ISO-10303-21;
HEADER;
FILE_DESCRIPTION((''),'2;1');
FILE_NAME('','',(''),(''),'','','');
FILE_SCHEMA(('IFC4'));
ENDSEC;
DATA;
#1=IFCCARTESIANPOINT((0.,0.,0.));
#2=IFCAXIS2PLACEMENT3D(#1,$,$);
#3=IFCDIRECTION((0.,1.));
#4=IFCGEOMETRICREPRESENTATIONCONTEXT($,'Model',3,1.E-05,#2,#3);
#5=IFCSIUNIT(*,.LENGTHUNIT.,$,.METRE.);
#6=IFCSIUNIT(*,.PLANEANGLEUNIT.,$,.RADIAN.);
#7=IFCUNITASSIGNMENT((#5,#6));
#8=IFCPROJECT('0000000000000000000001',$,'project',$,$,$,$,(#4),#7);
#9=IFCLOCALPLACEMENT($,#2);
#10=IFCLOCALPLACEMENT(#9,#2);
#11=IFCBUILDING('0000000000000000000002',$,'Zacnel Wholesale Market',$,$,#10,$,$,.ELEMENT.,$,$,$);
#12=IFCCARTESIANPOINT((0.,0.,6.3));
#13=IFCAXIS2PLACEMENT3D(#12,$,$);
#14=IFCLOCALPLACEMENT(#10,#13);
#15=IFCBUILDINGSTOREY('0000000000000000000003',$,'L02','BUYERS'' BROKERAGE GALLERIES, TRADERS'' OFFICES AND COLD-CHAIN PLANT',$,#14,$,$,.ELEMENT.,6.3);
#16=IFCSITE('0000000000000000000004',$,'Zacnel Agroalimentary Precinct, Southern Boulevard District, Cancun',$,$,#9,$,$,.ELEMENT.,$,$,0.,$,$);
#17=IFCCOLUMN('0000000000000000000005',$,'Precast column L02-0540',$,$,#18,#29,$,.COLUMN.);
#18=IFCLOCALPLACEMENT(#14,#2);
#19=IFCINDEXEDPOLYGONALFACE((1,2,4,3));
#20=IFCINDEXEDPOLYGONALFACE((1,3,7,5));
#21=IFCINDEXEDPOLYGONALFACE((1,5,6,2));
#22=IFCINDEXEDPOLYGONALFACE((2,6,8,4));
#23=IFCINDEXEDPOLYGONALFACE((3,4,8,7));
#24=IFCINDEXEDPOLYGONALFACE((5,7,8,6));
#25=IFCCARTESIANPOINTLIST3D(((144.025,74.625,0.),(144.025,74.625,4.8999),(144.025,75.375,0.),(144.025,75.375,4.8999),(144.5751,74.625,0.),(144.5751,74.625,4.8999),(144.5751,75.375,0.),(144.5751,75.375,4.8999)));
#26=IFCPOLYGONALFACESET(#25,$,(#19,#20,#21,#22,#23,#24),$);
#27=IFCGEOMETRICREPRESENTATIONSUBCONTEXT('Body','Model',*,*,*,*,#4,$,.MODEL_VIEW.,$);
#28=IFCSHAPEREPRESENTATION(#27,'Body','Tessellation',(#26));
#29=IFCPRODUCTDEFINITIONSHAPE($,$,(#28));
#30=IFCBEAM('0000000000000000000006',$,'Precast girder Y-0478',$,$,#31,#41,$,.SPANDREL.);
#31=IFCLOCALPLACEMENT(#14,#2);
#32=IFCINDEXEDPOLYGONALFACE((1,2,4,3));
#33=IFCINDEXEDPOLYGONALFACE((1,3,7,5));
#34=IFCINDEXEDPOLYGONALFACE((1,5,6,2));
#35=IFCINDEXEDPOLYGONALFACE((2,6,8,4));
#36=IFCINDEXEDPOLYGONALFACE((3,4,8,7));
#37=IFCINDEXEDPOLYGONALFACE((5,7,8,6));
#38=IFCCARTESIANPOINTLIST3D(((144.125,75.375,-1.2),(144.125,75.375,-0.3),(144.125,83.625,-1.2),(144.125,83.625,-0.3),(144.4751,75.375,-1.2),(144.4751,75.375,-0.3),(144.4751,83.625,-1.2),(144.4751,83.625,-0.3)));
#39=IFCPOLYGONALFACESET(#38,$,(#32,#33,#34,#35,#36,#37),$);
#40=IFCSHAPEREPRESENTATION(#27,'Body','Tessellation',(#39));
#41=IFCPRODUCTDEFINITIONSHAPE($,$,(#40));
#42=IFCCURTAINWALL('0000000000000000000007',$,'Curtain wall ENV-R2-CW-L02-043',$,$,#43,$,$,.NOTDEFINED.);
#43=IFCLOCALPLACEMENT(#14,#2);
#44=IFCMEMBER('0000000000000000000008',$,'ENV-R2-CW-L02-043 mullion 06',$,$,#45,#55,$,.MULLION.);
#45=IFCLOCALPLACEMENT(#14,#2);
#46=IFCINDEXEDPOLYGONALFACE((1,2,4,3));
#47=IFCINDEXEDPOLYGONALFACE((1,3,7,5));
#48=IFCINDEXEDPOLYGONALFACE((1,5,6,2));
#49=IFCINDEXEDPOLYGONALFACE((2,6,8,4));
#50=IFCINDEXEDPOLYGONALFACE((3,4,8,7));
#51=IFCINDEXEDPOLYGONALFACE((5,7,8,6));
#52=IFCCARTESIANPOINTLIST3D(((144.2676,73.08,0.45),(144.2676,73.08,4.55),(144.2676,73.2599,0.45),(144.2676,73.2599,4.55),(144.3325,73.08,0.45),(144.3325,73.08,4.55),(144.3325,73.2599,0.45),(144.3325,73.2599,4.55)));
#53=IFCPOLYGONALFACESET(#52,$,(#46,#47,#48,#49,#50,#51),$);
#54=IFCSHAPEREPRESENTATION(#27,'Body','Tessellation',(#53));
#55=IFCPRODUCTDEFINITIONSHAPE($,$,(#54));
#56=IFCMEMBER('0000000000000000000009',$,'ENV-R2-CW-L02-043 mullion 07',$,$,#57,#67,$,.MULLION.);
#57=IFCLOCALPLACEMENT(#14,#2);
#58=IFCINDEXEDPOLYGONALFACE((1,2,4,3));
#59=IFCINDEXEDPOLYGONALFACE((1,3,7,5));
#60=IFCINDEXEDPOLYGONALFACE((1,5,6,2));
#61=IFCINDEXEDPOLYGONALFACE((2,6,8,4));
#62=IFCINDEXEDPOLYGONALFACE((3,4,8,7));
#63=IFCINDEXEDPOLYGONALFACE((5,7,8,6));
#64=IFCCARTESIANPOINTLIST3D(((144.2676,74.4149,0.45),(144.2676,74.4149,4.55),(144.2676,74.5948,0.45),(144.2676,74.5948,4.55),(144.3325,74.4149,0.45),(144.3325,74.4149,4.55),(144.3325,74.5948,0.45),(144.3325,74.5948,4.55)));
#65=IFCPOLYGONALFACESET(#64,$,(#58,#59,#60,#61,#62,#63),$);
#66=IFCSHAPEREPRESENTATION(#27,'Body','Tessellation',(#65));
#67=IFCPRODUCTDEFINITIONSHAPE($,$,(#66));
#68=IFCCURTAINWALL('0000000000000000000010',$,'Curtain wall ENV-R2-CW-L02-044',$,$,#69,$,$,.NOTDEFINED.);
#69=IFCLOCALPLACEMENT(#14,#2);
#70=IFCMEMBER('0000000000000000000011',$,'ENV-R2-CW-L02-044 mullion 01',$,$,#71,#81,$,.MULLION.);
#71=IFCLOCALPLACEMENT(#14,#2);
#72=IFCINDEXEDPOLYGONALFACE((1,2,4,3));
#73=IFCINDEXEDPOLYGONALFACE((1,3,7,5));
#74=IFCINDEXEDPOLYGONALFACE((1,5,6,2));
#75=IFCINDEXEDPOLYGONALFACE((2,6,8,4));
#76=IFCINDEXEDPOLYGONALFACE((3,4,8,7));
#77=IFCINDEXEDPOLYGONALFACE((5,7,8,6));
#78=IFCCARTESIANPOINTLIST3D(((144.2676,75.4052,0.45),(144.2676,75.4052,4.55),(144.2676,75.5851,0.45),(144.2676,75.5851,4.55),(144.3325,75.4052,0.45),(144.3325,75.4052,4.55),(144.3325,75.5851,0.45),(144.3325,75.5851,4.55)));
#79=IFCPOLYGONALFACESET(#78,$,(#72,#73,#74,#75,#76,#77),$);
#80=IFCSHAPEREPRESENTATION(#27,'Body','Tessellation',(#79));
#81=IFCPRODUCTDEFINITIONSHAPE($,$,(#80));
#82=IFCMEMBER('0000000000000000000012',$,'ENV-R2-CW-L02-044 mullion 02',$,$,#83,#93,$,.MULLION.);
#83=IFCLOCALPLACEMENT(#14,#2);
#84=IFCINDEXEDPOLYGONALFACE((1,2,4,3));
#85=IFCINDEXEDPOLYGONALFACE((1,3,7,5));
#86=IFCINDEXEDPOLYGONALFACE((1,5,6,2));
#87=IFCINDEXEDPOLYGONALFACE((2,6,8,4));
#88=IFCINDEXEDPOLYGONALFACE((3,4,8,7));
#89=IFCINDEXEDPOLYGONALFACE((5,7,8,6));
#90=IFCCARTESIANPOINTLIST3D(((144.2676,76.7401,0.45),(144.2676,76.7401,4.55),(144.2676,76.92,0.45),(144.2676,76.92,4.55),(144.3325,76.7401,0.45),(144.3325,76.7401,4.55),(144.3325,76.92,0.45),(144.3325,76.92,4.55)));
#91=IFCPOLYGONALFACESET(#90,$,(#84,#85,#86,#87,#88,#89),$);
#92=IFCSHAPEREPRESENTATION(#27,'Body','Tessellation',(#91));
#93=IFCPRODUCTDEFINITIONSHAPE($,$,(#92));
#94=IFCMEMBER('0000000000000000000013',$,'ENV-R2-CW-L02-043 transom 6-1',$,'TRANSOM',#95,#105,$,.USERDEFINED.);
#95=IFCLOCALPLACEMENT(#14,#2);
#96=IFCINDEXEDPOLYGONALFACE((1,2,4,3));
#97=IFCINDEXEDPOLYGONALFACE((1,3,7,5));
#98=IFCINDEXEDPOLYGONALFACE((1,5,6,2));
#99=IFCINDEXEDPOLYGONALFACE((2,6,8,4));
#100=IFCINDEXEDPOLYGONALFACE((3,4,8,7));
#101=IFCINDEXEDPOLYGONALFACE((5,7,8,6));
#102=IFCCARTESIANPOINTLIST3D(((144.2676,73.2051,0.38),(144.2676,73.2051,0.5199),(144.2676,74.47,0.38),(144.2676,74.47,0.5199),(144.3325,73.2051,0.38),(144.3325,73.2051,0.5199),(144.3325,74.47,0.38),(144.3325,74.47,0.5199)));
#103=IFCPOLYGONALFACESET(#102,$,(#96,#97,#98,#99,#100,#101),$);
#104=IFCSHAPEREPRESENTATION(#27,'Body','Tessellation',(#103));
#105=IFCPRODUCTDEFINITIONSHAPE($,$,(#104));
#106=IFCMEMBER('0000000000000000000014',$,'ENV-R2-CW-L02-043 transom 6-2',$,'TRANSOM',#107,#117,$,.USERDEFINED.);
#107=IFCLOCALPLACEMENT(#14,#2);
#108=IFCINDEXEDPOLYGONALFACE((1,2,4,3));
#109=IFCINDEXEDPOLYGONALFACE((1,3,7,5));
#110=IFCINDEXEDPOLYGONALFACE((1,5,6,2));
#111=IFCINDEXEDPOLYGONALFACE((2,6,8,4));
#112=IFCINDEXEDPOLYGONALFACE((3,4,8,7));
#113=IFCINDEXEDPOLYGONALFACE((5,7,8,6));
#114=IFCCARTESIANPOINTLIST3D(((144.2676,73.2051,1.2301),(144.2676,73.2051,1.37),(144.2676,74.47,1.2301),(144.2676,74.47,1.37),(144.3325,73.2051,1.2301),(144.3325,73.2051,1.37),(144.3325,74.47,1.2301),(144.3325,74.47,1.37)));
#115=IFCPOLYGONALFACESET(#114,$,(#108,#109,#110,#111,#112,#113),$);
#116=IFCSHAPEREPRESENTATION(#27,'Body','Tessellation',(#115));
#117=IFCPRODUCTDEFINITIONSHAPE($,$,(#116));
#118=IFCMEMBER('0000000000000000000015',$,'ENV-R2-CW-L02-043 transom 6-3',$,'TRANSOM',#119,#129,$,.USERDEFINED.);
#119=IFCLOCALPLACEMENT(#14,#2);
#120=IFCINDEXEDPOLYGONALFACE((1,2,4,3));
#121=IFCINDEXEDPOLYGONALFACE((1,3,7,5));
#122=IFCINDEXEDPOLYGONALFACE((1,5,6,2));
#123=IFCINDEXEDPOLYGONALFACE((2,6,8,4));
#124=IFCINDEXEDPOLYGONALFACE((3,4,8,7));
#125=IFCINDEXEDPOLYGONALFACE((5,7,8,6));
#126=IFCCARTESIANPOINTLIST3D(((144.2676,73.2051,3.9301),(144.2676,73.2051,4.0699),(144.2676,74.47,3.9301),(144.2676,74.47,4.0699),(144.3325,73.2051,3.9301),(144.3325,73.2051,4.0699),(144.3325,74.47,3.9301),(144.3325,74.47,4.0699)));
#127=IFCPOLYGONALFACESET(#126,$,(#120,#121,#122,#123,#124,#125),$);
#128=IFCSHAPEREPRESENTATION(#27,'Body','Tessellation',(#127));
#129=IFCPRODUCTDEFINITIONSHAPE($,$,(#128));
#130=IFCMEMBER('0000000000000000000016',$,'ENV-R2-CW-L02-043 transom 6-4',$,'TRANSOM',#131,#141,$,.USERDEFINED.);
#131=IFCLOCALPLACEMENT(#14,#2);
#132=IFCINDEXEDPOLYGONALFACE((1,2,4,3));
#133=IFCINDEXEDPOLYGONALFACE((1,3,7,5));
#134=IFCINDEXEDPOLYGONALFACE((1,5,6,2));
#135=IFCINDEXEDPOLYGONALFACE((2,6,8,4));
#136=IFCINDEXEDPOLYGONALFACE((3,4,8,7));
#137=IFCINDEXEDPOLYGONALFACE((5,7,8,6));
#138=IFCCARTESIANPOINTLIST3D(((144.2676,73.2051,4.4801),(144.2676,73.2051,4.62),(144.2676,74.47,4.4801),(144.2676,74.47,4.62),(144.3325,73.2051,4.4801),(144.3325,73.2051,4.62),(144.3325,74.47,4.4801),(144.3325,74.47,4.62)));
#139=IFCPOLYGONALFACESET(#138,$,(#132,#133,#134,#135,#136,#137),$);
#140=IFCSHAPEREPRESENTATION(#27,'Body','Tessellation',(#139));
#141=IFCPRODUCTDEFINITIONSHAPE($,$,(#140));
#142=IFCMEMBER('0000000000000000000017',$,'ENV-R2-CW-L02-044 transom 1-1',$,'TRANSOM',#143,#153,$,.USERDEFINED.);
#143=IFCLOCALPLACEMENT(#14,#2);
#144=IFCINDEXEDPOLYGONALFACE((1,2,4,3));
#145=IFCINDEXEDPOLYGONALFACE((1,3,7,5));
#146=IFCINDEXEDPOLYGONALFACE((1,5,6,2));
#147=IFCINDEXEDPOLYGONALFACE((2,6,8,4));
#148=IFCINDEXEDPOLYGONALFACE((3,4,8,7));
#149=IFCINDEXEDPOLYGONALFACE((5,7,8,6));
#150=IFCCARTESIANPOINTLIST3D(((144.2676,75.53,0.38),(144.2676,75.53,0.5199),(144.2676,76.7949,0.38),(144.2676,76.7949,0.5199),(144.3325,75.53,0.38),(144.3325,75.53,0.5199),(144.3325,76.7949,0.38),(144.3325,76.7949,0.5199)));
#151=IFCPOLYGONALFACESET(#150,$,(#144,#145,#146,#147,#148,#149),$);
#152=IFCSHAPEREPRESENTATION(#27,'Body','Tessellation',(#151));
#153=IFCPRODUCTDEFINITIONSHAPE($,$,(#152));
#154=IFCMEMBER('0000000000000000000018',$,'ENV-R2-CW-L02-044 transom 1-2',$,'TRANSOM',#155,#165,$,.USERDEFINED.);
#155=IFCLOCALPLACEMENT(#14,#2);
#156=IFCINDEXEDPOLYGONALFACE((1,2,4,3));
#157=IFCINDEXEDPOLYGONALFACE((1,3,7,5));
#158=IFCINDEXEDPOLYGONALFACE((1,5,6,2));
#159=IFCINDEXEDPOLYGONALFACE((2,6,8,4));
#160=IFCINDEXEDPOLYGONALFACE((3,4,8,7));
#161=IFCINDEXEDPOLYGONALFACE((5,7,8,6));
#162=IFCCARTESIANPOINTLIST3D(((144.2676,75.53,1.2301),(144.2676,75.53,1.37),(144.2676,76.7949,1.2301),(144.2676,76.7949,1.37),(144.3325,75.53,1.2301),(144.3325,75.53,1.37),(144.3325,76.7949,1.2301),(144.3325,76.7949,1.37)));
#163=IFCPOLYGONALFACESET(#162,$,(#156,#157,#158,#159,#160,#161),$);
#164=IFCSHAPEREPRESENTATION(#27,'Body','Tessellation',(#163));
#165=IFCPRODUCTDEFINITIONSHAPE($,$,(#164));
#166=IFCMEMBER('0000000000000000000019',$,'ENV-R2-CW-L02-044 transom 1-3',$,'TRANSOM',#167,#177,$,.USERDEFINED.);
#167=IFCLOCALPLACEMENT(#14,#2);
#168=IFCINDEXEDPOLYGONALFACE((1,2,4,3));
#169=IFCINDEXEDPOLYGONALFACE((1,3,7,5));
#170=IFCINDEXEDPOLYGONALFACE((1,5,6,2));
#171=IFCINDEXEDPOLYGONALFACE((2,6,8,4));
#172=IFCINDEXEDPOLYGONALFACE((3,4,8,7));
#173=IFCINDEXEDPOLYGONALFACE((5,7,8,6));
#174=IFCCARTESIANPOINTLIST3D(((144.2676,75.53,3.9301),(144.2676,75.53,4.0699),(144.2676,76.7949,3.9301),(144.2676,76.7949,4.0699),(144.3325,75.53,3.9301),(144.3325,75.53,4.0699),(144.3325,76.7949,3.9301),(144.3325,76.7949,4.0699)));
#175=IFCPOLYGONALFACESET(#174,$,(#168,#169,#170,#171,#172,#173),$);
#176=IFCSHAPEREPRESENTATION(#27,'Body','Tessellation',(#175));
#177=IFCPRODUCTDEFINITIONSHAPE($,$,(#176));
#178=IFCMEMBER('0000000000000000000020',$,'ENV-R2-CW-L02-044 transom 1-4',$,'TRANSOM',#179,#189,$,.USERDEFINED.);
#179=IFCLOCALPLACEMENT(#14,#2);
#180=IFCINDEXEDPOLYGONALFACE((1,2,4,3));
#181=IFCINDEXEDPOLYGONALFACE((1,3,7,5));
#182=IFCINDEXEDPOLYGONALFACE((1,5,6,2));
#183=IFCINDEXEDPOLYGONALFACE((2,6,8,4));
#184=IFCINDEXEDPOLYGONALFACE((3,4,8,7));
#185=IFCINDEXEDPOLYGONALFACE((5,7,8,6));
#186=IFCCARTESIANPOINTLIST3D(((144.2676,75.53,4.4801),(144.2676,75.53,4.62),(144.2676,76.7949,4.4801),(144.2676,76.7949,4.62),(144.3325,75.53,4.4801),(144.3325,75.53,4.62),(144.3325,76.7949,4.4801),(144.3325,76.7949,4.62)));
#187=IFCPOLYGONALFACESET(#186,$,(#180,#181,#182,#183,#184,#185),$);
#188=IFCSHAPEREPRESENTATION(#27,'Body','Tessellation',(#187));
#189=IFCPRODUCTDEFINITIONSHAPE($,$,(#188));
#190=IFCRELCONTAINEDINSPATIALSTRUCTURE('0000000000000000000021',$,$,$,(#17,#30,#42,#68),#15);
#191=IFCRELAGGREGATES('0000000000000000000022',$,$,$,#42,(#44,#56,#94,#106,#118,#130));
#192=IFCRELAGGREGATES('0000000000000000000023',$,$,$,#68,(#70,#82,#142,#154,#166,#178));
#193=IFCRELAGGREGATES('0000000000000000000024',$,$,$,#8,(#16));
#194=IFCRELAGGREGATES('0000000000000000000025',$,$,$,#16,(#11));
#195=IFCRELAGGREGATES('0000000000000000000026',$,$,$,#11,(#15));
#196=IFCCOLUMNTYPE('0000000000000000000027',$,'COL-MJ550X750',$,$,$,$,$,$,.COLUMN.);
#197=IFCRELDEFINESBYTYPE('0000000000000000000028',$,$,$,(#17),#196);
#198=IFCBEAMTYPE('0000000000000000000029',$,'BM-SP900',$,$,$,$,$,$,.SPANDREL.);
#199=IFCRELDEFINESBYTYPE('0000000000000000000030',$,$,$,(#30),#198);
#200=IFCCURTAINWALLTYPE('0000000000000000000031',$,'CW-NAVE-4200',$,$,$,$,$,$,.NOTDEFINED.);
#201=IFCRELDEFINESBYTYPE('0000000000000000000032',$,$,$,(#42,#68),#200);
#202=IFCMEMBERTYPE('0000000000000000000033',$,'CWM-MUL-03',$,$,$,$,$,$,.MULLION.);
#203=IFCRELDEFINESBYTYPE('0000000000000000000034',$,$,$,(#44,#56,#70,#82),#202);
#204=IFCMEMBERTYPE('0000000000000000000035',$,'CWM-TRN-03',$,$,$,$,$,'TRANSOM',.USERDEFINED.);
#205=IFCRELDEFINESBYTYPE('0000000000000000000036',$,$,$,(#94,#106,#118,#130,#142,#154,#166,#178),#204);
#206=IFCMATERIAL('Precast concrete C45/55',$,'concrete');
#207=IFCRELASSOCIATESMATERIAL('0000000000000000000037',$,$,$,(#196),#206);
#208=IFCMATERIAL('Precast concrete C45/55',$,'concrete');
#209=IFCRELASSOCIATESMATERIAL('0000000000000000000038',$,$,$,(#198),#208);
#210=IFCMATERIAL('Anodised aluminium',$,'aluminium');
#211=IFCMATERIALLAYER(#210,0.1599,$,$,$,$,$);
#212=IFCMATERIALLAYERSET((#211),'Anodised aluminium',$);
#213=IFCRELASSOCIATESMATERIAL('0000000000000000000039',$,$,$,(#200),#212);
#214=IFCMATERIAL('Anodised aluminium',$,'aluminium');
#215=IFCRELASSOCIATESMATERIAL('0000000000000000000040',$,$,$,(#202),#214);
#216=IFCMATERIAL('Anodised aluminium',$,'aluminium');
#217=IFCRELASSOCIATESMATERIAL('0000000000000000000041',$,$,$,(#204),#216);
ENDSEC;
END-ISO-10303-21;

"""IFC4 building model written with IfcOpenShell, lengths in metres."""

from ifc_helpers import new_model, si_unit, direction, frame, origin, origin_2d, place, context, subcontext, project, spatial, rectangle, extrude, material, layer, layer_set, material_profile, profile_set, type_object, element, aggregate, save


model = new_model("IFC4")

# Units and contexts
model_context = context("Model", 3, precision=1e-05, world=origin(), true_north=direction((0.0, 1.0)))
body_context = subcontext(model_context, "Body", "Model", "MODEL_VIEW")
ifc_project = project(units=[si_unit("LENGTHUNIT", "METRE"), si_unit("PLANEANGLEUNIT", "RADIAN")], contexts=[model_context])

# Site, building, storey
site_placement = place(None, origin())
site = spatial("IfcSite", under=ifc_project, at=site_placement, Name="Zacnel Agroalimentary Precinct, Southern Boulevard District, Cancun", CompositionType="ELEMENT", RefElevation=0.0)
building_placement = place(site_placement, origin())
building = spatial("IfcBuilding", under=site, at=building_placement, Name="Zacnel Wholesale Market", CompositionType="ELEMENT")
storey_placement = place(building_placement, frame((0.0, 0.0, 6.3)))
storey = spatial("IfcBuildingStorey", under=building, at=storey_placement, Name="L02", Description="BUYERS' BROKERAGE GALLERIES, TRADERS' OFFICES AND COLD-CHAIN PLANT", CompositionType="ELEMENT", Elevation=6.3)

# Column
ifc_material_1 = material(Name="Precast concrete C45/55", Category="concrete")
ifc_material_profile_1 = material_profile(ifc_material_1, rectangle(XDim=0.55, YDim=0.75, at=origin_2d()), Name="PC 550x750")
ifc_profile_set_1 = profile_set([ifc_material_profile_1], Name="Precast concrete C45/55")
column_type = type_object("IfcColumnType", Name="COL-MJ550X750", PredefinedType="COLUMN", material=ifc_profile_set_1)
column_placement = place(storey_placement, frame((144.3, 75.0, 0.0), z_axis=(0.0, 0.0, 1.0), x_axis=(1.0, 0.0, 0.0)))
element("IfcColumn", 1, at=column_placement, inside=storey, type_object=column_type, Name="Precast column L02-0540", PredefinedType="COLUMN", context=body_context, shape_type="SweptSolid", body=[
    extrude(rectangle(XDim=0.55, YDim=0.75, at=origin_2d()), origin(), (0.0, 0.0, 1.0), 4.8999),
])

# Beam
ifc_material_2 = material(Name="Precast concrete C45/55", Category="concrete")
ifc_material_profile_2 = material_profile(ifc_material_2, rectangle(XDim=0.3501, YDim=0.8999, at=origin_2d()), Name="SP 350x900")
ifc_profile_set_2 = profile_set([ifc_material_profile_2], Name="Precast concrete C45/55")
beam_type = type_object("IfcBeamType", Name="BM-SP900", PredefinedType="SPANDREL", material=ifc_profile_set_2)
beam_placement = place(storey_placement, frame((144.3, 75.375, -0.75), z_axis=(0.0, 1.0, 0.0), x_axis=(-1.0, 0.0, 0.0)))
element("IfcBeam", 2, at=beam_placement, inside=storey, type_object=beam_type, Name="Precast girder Y-0478", PredefinedType="SPANDREL", context=body_context, shape_type="SweptSolid", body=[
    extrude(rectangle(XDim=0.3501, YDim=0.8999, at=origin_2d()), origin(), (0.0, 0.0, 1.0), 8.25),
])

# Curtain walls, members
ifc_material_3 = material(Name="Anodised aluminium", Category="aluminium")
ifc_layer_1 = layer(ifc_material_3, 0.1599)
ifc_layer_set_1 = layer_set([ifc_layer_1], Name="Anodised aluminium")
curtain_wall_type = type_object("IfcCurtainWallType", Name="CW-NAVE-4200", PredefinedType="NOTDEFINED", material=ifc_layer_set_1)
curtain_wall_1_placement = place(storey_placement, origin())
curtain_wall_1 = element("IfcCurtainWall", 3, at=curtain_wall_1_placement, inside=storey, type_object=curtain_wall_type, Name="Curtain wall ENV-R2-CW-L02-043", PredefinedType="NOTDEFINED")
ifc_material_4 = material(Name="Anodised aluminium", Category="aluminium")
ifc_material_profile_3 = material_profile(ifc_material_4, rectangle(XDim=0.0649, YDim=0.1799, at=origin_2d()), Name="AW-MULLION 65x180")
ifc_profile_set_3 = profile_set([ifc_material_profile_3], Name="Anodised aluminium")
member_type_1 = type_object("IfcMemberType", Name="CWM-MUL-03", PredefinedType="MULLION", material=ifc_profile_set_3)
member_1_placement = place(storey_placement, frame((144.3, 73.1699, 0.45), z_axis=(0.0, 0.0, 1.0), x_axis=(1.0, 0.0, 0.0)))
member_1 = element("IfcMember", 4, at=member_1_placement, type_object=member_type_1, Name="ENV-R2-CW-L02-043 mullion 06", PredefinedType="MULLION", context=body_context, shape_type="SweptSolid", body=[
    extrude(rectangle(XDim=0.0649, YDim=0.1799, at=origin_2d()), origin(), (0.0, 0.0, 1.0), 4.1001),
])
member_2_placement = place(storey_placement, frame((144.3, 74.5049, 0.45), z_axis=(0.0, 0.0, 1.0), x_axis=(1.0, 0.0, 0.0)))
member_2 = element("IfcMember", 5, at=member_2_placement, type_object=member_type_1, Name="ENV-R2-CW-L02-043 mullion 07", PredefinedType="MULLION", context=body_context, shape_type="SweptSolid", body=[
    extrude(rectangle(XDim=0.0649, YDim=0.1799, at=origin_2d()), origin(), (0.0, 0.0, 1.0), 4.1001),
])
curtain_wall_2_placement = place(storey_placement, origin())
curtain_wall_2 = element("IfcCurtainWall", 6, at=curtain_wall_2_placement, inside=storey, type_object=curtain_wall_type, Name="Curtain wall ENV-R2-CW-L02-044", PredefinedType="NOTDEFINED")
member_3_placement = place(storey_placement, frame((144.3, 75.4951, 0.45), z_axis=(0.0, 0.0, 1.0), x_axis=(1.0, 0.0, 0.0)))
member_3 = element("IfcMember", 7, at=member_3_placement, type_object=member_type_1, Name="ENV-R2-CW-L02-044 mullion 01", PredefinedType="MULLION", context=body_context, shape_type="SweptSolid", body=[
    extrude(rectangle(XDim=0.0649, YDim=0.1799, at=origin_2d()), origin(), (0.0, 0.0, 1.0), 4.1001),
])
member_4_placement = place(storey_placement, frame((144.3, 76.8301, 0.45), z_axis=(0.0, 0.0, 1.0), x_axis=(1.0, 0.0, 0.0)))
member_4 = element("IfcMember", 8, at=member_4_placement, type_object=member_type_1, Name="ENV-R2-CW-L02-044 mullion 02", PredefinedType="MULLION", context=body_context, shape_type="SweptSolid", body=[
    extrude(rectangle(XDim=0.0649, YDim=0.1799, at=origin_2d()), origin(), (0.0, 0.0, 1.0), 4.1001),
])

# Members
ifc_material_5 = material(Name="Anodised aluminium", Category="aluminium")
ifc_material_profile_4 = material_profile(ifc_material_5, rectangle(XDim=0.0649, YDim=0.1399, at=origin_2d()), Name="AW-TRANSOM 65x140")
ifc_profile_set_4 = profile_set([ifc_material_profile_4], Name="Anodised aluminium")
member_type_2 = type_object("IfcMemberType", Name="CWM-TRN-03", ElementType="TRANSOM", PredefinedType="USERDEFINED", material=ifc_profile_set_4)
member_5_placement = place(storey_placement, frame((144.3, 73.2051, 0.45), z_axis=(0.0, 1.0, 0.0), x_axis=(-1.0, 0.0, 0.0)))
member_5 = element("IfcMember", 9, at=member_5_placement, type_object=member_type_2, Name="ENV-R2-CW-L02-043 transom 6-1", ObjectType="TRANSOM", PredefinedType="USERDEFINED", context=body_context, shape_type="SweptSolid", body=[
    extrude(rectangle(XDim=0.0649, YDim=0.1399, at=origin_2d()), origin(), (0.0, 0.0, 1.0), 1.2649),
])
member_6_placement = place(storey_placement, frame((144.3, 73.2051, 1.3), z_axis=(0.0, 1.0, 0.0), x_axis=(-1.0, 0.0, 0.0)))
member_6 = element("IfcMember", 10, at=member_6_placement, type_object=member_type_2, Name="ENV-R2-CW-L02-043 transom 6-2", ObjectType="TRANSOM", PredefinedType="USERDEFINED", context=body_context, shape_type="SweptSolid", body=[
    extrude(rectangle(XDim=0.0649, YDim=0.1399, at=origin_2d()), origin(), (0.0, 0.0, 1.0), 1.2649),
])
member_7_placement = place(storey_placement, frame((144.3, 73.2051, 4.0), z_axis=(0.0, 1.0, 0.0), x_axis=(-1.0, 0.0, 0.0)))
member_7 = element("IfcMember", 11, at=member_7_placement, type_object=member_type_2, Name="ENV-R2-CW-L02-043 transom 6-3", ObjectType="TRANSOM", PredefinedType="USERDEFINED", context=body_context, shape_type="SweptSolid", body=[
    extrude(rectangle(XDim=0.0649, YDim=0.1399, at=origin_2d()), origin(), (0.0, 0.0, 1.0), 1.2649),
])
member_8_placement = place(storey_placement, frame((144.3, 73.2051, 4.55), z_axis=(0.0, 1.0, 0.0), x_axis=(-1.0, 0.0, 0.0)))
member_8 = element("IfcMember", 12, at=member_8_placement, type_object=member_type_2, Name="ENV-R2-CW-L02-043 transom 6-4", ObjectType="TRANSOM", PredefinedType="USERDEFINED", context=body_context, shape_type="SweptSolid", body=[
    extrude(rectangle(XDim=0.0649, YDim=0.1399, at=origin_2d()), origin(), (0.0, 0.0, 1.0), 1.2649),
])
member_9_placement = place(storey_placement, frame((144.3, 75.53, 0.45), z_axis=(0.0, 1.0, 0.0), x_axis=(-1.0, 0.0, 0.0)))
member_9 = element("IfcMember", 13, at=member_9_placement, type_object=member_type_2, Name="ENV-R2-CW-L02-044 transom 1-1", ObjectType="TRANSOM", PredefinedType="USERDEFINED", context=body_context, shape_type="SweptSolid", body=[
    extrude(rectangle(XDim=0.0649, YDim=0.1399, at=origin_2d()), origin(), (0.0, 0.0, 1.0), 1.2649),
])
member_10_placement = place(storey_placement, frame((144.3, 75.53, 1.3), z_axis=(0.0, 1.0, 0.0), x_axis=(-1.0, 0.0, 0.0)))
member_10 = element("IfcMember", 14, at=member_10_placement, type_object=member_type_2, Name="ENV-R2-CW-L02-044 transom 1-2", ObjectType="TRANSOM", PredefinedType="USERDEFINED", context=body_context, shape_type="SweptSolid", body=[
    extrude(rectangle(XDim=0.0649, YDim=0.1399, at=origin_2d()), origin(), (0.0, 0.0, 1.0), 1.2649),
])
member_11_placement = place(storey_placement, frame((144.3, 75.53, 4.0), z_axis=(0.0, 1.0, 0.0), x_axis=(-1.0, 0.0, 0.0)))
member_11 = element("IfcMember", 15, at=member_11_placement, type_object=member_type_2, Name="ENV-R2-CW-L02-044 transom 1-3", ObjectType="TRANSOM", PredefinedType="USERDEFINED", context=body_context, shape_type="SweptSolid", body=[
    extrude(rectangle(XDim=0.0649, YDim=0.1399, at=origin_2d()), origin(), (0.0, 0.0, 1.0), 1.2649),
])
member_12_placement = place(storey_placement, frame((144.3, 75.53, 4.55), z_axis=(0.0, 1.0, 0.0), x_axis=(-1.0, 0.0, 0.0)))
member_12 = element("IfcMember", 16, at=member_12_placement, type_object=member_type_2, Name="ENV-R2-CW-L02-044 transom 1-4", ObjectType="TRANSOM", PredefinedType="USERDEFINED", context=body_context, shape_type="SweptSolid", body=[
    extrude(rectangle(XDim=0.0649, YDim=0.1399, at=origin_2d()), origin(), (0.0, 0.0, 1.0), 1.2649),
])

aggregate(curtain_wall_1, [member_1, member_2, member_5, member_6, member_7, member_8])
aggregate(curtain_wall_2, [member_3, member_4, member_9, member_10, member_11, member_12])

save(model, "model.ifc")
